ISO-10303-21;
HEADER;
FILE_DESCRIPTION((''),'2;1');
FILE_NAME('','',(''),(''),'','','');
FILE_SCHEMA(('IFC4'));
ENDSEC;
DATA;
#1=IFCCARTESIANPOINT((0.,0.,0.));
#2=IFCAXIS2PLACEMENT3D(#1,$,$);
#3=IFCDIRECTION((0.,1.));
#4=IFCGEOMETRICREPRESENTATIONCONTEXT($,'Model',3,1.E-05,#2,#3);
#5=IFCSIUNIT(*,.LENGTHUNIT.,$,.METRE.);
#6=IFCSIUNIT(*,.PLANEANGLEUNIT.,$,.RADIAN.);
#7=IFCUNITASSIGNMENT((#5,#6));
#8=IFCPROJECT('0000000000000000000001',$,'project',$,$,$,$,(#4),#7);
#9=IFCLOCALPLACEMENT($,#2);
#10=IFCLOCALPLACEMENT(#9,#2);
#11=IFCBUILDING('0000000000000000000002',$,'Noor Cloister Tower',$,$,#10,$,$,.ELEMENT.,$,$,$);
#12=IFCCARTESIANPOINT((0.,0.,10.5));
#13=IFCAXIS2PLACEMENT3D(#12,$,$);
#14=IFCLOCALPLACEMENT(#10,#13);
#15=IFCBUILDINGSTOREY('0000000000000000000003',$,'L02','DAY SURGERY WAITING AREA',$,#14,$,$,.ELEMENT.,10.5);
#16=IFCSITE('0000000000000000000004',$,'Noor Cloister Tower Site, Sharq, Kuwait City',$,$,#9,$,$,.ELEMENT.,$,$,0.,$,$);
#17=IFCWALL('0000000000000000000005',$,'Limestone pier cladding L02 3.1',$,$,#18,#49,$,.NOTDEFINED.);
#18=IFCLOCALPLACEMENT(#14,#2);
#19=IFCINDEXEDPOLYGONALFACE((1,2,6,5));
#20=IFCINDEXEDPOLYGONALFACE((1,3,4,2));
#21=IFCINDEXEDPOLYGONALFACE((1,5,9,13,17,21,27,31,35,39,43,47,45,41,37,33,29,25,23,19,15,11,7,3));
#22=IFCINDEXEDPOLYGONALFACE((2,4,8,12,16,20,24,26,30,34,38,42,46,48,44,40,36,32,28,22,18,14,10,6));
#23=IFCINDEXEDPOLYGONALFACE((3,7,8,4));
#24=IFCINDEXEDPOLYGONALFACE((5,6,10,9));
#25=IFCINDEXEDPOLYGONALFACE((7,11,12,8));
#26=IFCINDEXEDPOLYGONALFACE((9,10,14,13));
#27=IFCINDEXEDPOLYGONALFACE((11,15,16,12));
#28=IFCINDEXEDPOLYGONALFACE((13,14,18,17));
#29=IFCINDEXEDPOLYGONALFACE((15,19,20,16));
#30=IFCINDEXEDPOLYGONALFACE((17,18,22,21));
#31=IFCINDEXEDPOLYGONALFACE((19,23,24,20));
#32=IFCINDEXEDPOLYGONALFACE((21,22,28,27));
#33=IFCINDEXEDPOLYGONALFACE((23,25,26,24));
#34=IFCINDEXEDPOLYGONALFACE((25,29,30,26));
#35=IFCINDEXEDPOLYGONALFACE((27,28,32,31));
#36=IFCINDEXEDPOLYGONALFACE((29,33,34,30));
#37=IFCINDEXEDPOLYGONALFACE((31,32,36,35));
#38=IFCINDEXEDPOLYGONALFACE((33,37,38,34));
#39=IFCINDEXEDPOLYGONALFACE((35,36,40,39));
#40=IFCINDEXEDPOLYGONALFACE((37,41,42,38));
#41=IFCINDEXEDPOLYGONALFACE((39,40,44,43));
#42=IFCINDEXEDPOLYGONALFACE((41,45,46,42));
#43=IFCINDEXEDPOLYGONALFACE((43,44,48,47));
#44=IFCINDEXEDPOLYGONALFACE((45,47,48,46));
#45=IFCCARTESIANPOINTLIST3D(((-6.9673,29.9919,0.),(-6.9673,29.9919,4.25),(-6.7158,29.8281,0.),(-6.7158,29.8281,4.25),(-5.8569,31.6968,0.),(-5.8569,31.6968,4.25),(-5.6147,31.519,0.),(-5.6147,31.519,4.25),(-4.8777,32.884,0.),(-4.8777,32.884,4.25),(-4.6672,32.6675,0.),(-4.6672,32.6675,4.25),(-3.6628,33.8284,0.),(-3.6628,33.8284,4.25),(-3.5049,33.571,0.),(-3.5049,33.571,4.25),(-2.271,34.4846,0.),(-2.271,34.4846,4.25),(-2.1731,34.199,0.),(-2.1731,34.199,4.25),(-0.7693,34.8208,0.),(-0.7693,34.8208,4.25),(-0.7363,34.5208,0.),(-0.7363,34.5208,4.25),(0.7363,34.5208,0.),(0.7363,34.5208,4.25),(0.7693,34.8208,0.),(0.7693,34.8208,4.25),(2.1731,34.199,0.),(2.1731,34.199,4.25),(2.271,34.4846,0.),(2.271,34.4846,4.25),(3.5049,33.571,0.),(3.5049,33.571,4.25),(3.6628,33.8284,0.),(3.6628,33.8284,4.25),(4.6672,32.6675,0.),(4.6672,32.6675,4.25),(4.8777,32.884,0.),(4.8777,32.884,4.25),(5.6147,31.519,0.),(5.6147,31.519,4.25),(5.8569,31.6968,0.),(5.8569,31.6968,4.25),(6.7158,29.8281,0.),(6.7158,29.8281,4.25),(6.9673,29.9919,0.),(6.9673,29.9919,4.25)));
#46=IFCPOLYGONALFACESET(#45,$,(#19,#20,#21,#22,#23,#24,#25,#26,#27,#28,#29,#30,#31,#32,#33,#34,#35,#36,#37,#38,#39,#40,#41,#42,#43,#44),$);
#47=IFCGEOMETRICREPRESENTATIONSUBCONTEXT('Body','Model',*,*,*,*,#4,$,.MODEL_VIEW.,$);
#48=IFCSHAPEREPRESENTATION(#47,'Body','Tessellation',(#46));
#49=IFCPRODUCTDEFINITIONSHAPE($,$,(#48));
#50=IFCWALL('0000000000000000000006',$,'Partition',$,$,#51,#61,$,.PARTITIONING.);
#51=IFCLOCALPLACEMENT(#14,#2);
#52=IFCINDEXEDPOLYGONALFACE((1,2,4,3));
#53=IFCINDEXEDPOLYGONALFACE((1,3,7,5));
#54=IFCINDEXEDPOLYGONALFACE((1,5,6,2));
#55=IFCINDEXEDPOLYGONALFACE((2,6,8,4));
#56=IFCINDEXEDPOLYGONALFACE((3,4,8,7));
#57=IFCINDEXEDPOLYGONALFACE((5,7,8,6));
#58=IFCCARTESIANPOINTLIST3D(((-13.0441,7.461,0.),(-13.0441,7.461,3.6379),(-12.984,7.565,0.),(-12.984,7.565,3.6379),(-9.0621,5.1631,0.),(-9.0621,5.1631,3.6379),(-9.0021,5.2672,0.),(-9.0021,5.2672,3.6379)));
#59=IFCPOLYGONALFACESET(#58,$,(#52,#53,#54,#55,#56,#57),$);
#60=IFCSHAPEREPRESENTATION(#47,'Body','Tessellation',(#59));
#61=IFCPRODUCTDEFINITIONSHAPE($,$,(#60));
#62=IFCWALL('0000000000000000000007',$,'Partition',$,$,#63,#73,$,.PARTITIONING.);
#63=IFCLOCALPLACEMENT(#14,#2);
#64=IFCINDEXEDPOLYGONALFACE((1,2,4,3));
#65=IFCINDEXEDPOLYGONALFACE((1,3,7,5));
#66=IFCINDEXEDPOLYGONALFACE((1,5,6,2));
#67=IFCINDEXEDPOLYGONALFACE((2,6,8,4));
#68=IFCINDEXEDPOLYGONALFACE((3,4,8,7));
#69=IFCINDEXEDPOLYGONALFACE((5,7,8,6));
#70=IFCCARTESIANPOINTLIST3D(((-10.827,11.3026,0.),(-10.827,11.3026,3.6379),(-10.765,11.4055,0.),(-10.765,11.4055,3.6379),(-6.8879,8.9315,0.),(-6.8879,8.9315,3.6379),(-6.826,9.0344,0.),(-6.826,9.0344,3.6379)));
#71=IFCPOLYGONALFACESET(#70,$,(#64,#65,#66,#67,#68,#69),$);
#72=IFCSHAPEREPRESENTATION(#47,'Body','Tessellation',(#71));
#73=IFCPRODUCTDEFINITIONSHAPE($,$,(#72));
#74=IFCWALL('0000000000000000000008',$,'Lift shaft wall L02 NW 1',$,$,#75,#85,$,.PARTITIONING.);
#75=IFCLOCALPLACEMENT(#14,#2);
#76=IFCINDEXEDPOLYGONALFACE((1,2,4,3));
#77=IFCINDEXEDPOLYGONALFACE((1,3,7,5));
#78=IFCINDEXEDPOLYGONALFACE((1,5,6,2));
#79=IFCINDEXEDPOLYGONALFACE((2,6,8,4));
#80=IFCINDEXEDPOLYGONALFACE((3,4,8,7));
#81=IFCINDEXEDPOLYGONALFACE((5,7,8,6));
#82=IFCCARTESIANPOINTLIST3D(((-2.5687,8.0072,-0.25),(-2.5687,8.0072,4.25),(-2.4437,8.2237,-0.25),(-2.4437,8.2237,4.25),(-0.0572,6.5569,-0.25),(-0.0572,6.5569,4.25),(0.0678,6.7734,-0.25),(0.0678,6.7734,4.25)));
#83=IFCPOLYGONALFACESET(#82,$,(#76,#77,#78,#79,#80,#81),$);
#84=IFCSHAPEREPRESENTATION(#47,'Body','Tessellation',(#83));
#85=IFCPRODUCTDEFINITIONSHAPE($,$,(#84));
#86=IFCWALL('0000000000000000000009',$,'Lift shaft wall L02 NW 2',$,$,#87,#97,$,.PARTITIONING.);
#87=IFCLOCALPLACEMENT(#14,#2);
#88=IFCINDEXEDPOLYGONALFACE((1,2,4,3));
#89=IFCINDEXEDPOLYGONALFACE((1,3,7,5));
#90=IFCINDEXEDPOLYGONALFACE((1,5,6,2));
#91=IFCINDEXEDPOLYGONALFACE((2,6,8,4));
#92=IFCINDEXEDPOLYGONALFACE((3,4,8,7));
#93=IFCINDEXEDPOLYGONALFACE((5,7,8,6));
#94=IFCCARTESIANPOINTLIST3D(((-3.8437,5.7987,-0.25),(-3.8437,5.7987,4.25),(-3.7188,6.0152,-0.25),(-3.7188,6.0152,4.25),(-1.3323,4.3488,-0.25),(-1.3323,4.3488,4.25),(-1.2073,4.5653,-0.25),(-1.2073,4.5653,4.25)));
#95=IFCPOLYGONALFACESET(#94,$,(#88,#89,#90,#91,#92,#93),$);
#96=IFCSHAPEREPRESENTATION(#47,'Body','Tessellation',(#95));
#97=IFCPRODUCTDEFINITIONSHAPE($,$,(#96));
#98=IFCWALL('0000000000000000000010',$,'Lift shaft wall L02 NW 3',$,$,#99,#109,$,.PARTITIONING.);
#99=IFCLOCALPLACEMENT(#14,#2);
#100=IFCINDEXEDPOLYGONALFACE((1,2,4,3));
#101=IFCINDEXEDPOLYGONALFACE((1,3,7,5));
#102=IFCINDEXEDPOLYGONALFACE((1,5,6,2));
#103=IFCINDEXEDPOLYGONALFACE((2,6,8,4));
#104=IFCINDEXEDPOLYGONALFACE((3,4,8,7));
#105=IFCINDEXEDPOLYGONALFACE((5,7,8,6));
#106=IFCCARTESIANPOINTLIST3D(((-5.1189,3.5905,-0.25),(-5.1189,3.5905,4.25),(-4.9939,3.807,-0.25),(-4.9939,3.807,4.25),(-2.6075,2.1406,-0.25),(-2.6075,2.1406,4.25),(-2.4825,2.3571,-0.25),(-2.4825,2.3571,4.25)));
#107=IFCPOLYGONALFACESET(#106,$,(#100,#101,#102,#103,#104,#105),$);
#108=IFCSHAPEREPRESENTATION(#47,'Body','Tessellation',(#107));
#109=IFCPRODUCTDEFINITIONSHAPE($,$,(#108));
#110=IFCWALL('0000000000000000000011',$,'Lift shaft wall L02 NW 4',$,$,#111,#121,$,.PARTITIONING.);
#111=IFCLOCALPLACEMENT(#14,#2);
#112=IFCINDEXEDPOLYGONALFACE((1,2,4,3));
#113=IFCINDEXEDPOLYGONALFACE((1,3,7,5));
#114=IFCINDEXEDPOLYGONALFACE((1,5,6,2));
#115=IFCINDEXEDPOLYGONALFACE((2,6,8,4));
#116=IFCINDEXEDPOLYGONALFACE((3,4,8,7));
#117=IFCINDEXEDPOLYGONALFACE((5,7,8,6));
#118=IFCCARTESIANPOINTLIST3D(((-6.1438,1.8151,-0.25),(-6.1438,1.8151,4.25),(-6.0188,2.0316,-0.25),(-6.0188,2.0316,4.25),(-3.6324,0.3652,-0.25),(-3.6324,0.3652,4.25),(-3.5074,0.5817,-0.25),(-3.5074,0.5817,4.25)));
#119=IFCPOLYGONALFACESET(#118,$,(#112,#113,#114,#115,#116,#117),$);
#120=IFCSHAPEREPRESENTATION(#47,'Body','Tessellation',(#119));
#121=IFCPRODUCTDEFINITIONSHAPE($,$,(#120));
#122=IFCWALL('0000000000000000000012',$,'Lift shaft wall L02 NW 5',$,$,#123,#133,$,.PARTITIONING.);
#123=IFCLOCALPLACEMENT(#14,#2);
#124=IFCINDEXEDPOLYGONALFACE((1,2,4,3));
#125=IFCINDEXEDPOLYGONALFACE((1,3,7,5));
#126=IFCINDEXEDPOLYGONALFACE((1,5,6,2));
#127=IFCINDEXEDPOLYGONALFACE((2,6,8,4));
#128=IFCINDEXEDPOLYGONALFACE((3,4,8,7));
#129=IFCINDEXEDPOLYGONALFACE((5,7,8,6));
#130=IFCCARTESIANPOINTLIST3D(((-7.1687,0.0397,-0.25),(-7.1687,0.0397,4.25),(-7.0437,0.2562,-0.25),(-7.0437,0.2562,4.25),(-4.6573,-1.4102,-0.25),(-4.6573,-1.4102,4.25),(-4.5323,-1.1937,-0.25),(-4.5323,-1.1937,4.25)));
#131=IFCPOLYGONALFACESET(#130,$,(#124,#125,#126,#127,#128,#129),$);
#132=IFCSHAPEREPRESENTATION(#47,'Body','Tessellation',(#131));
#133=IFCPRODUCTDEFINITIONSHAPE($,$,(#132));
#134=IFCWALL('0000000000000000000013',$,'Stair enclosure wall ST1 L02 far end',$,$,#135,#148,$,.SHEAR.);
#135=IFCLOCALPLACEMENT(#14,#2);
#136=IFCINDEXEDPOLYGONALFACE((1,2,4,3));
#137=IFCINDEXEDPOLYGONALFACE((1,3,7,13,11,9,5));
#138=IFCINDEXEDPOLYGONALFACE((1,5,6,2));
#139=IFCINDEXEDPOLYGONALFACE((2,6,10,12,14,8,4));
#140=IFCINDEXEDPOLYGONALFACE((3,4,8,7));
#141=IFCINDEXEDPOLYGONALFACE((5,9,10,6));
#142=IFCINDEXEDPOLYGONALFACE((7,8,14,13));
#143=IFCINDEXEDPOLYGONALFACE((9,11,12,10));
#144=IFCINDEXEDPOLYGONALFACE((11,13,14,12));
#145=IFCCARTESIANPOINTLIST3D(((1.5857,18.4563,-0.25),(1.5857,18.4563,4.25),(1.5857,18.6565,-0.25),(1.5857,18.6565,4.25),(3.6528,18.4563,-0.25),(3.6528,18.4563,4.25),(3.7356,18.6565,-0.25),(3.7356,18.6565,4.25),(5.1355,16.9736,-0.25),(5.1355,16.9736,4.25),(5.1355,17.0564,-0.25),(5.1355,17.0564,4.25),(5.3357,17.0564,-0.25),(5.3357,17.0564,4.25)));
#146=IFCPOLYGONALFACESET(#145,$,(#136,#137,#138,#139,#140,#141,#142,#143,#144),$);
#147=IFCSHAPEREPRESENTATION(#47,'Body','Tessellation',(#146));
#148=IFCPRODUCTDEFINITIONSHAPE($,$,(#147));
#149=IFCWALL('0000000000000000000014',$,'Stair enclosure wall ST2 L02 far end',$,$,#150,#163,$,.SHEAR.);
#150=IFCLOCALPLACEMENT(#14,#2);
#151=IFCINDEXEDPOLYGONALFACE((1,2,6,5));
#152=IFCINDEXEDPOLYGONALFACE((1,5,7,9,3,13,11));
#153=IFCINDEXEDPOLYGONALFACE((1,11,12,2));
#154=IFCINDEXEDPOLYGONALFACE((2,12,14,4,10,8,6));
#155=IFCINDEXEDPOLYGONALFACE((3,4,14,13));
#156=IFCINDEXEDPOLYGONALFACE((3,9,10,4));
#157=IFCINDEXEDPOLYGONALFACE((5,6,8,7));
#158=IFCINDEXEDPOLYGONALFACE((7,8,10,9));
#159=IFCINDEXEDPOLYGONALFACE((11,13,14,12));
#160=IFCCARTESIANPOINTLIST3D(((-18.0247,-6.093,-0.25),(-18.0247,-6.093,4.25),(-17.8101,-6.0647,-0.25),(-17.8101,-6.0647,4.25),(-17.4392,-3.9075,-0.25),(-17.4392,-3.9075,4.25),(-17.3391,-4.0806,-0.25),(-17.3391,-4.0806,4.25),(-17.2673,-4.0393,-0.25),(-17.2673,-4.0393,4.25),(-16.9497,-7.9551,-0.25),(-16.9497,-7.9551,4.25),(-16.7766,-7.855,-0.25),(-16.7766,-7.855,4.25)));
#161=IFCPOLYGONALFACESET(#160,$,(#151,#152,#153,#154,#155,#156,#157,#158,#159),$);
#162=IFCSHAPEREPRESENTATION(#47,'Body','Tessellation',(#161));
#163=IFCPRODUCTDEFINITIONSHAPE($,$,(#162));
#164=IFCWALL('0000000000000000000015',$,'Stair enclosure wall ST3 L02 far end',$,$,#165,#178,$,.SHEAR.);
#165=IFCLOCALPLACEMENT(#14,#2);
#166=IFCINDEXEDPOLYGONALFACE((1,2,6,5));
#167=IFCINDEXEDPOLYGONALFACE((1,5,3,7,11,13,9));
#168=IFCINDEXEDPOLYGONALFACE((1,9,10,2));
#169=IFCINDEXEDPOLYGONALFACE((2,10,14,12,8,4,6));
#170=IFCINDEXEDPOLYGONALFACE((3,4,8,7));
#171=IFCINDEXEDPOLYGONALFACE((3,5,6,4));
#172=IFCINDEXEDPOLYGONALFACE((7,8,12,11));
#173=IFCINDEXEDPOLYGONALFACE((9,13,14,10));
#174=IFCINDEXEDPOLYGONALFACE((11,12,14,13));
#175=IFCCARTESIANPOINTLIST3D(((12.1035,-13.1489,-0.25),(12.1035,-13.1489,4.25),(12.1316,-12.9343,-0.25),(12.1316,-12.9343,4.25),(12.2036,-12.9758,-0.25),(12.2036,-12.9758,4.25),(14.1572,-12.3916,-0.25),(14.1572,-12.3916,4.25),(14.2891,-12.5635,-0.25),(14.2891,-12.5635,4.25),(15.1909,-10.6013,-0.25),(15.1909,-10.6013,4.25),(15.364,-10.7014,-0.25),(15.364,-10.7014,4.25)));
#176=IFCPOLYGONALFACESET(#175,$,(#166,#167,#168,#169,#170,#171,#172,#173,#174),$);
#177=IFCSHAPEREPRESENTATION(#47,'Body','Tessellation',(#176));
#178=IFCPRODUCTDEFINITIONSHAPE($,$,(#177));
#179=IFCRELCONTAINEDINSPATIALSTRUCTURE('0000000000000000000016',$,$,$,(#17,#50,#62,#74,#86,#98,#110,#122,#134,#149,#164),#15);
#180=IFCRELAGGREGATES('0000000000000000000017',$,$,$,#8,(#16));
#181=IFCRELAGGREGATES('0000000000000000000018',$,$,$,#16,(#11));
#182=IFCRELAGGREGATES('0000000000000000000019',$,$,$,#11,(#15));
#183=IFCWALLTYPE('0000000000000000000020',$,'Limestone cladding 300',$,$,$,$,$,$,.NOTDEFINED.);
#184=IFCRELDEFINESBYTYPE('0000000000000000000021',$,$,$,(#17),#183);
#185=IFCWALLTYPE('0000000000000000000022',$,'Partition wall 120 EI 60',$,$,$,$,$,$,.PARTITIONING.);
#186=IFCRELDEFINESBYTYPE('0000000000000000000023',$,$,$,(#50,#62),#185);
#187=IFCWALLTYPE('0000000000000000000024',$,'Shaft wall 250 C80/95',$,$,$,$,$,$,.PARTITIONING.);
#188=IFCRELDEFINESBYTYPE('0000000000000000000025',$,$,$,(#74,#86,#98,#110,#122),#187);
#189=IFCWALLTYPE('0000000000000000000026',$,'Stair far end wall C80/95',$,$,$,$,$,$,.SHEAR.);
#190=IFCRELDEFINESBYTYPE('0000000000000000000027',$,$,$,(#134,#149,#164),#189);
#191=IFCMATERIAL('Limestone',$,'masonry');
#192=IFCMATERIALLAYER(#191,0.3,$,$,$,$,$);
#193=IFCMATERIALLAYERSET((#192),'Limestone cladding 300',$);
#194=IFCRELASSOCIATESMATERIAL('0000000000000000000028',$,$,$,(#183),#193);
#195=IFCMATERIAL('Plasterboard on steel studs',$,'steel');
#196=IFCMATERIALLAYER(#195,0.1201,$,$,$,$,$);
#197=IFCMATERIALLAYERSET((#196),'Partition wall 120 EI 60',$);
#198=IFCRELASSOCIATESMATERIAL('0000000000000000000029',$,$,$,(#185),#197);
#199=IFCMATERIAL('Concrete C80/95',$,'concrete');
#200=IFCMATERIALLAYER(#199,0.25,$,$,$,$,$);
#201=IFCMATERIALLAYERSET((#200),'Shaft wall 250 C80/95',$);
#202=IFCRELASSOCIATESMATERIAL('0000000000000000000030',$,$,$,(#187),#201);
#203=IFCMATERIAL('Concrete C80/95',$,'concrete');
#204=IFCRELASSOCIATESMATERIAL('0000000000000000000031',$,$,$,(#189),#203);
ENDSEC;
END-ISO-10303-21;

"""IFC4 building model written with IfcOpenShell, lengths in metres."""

from ifc_helpers import new_model, si_unit, direction, frame, frame_2d, origin, place, context, subcontext, project, spatial, polyline, rectangle, outline, extrude, material, layer, layer_set, type_object, element, save


model = new_model("IFC4")

# Units and contexts
model_context = context("Model", 3, precision=1e-05, world=origin(), true_north=direction((0.0, 1.0)))
body_context = subcontext(model_context, "Body", "Model", "MODEL_VIEW")
ifc_project = project(units=[si_unit("LENGTHUNIT", "METRE"), si_unit("PLANEANGLEUNIT", "RADIAN")], contexts=[model_context])

# Site, building, storey
site_placement = place(None, origin())
site = spatial("IfcSite", under=ifc_project, at=site_placement, Name="Noor Cloister Tower Site, Sharq, Kuwait City", CompositionType="ELEMENT", RefElevation=0.0)
building_placement = place(site_placement, origin())
building = spatial("IfcBuilding", under=site, at=building_placement, Name="Noor Cloister Tower", CompositionType="ELEMENT")
storey_placement = place(building_placement, frame((0.0, 0.0, 10.5)))
storey = spatial("IfcBuildingStorey", under=building, at=storey_placement, Name="L02", Description="DAY SURGERY WAITING AREA", CompositionType="ELEMENT", Elevation=10.5)

# Walls
ifc_material_1 = material(Name="Limestone", Category="masonry")
ifc_layer_1 = layer(ifc_material_1, 0.3)
ifc_layer_set_1 = layer_set([ifc_layer_1], Name="Limestone cladding 300")
wall_type_1 = type_object("IfcWallType", Name="Limestone cladding 300", PredefinedType="NOTDEFINED", material=ifc_layer_set_1)
wall_1_placement = place(storey_placement, origin())
element("IfcWall", 1, at=wall_1_placement, inside=storey, type_object=wall_type_1, Name="Limestone pier cladding L02 3.1", PredefinedType="NOTDEFINED", context=body_context, shape_type="SweptSolid", body=[
    extrude(outline(polyline([(6.9673, 29.9919), (5.8569, 31.6968), (4.8777, 32.884), (3.6628, 33.8284), (2.271, 34.4846), (0.7693, 34.8208), (-0.7693, 34.8208), (-2.271, 34.4846), (-3.6628, 33.8284), (-4.8777, 32.884), (-5.8569, 31.6968), (-6.9673, 29.9919), (-6.7158, 29.8281), (-5.6147, 31.519), (-4.6672, 32.6675), (-3.5049, 33.571), (-2.1731, 34.199), (-0.7363, 34.5208), (0.7363, 34.5208), (2.1731, 34.199), (3.5049, 33.571), (4.6672, 32.6675), (5.6147, 31.519), (6.7158, 29.8281), (6.9673, 29.9919)])), origin(), (0.0, 0.0, 1.0), 4.25),
])
ifc_material_2 = material(Name="Plasterboard on steel studs", Category="steel")
ifc_layer_2 = layer(ifc_material_2, 0.1201)
ifc_layer_set_2 = layer_set([ifc_layer_2], Name="Partition wall 120 EI 60")
wall_type_2 = type_object("IfcWallType", Name="Partition wall 120 EI 60", PredefinedType="PARTITIONING", material=ifc_layer_set_2)
wall_2_placement = place(storey_placement, frame((-9.032, 5.2151, 0.0), z_axis=(0.0, 0.0, 1.0), x_axis=(-0.866131, 0.499817, 0.0)))
element("IfcWall", 2, at=wall_2_placement, inside=storey, type_object=wall_type_2, Name="Partition", PredefinedType="PARTITIONING", context=body_context, shape_type="SweptSolid", body=[
    extrude(rectangle(XDim=4.5974, YDim=0.1201, at=frame_2d((2.2988, 0.0))), origin(), (0.0, 0.0, 1.0), 3.6379),
])
wall_3_placement = place(storey_placement, frame((-6.8569, 8.9829, 0.0), z_axis=(0.0, 0.0, 1.0), x_axis=(-0.856752, 0.515729, 0.0)))
element("IfcWall", 3, at=wall_3_placement, inside=storey, type_object=wall_type_2, Name="Partition", PredefinedType="PARTITIONING", context=body_context, shape_type="SweptSolid", body=[
    extrude(rectangle(XDim=4.5977, YDim=0.1201, at=frame_2d((2.2988, 0.0))), origin(), (0.0, 0.0, 1.0), 3.6379),
])
ifc_material_3 = material(Name="Concrete C80/95", Category="concrete")
ifc_layer_3 = layer(ifc_material_3, 0.25)
ifc_layer_set_3 = layer_set([ifc_layer_3], Name="Shaft wall 250 C80/95")
wall_type_3 = type_object("IfcWallType", Name="Shaft wall 250 C80/95", PredefinedType="PARTITIONING", material=ifc_layer_set_3)
wall_4_placement = place(storey_placement, frame((-2.5063, 8.1155, -0.25), z_axis=(0.0, 0.0, 1.0), x_axis=(0.865996, -0.50005, 0.0)))
element("IfcWall", 4, at=wall_4_placement, inside=storey, type_object=wall_type_3, Name="Lift shaft wall L02 NW 1", PredefinedType="PARTITIONING", context=body_context, shape_type="SweptSolid", body=[
    extrude(rectangle(XDim=2.9001, YDim=0.25, at=frame_2d((1.4502, 0.0))), origin(), (0.0, 0.0, 1.0), 4.5),
])
for number, where, z_axis, x_axis, name in (
    (5, (-3.7812, 5.907, -0.25), (0.0, 0.0, 1.0), (0.866033, -0.499987, 0.0), "Lift shaft wall L02 NW 2"),
    (6, (-5.0564, 3.6987, -0.25), (0.0, 0.0, 1.0), (0.866033, -0.499987, 0.0), "Lift shaft wall L02 NW 3"),
    (7, (-6.0813, 1.9233, -0.25), (0.0, 0.0, 1.0), (0.866033, -0.499987, 0.0), "Lift shaft wall L02 NW 4"),
    (8, (-7.1062, 0.1479, -0.25), (0.0, 0.0, 1.0), (0.866033, -0.499987, 0.0), "Lift shaft wall L02 NW 5"),
):
    element("IfcWall", number, at=place(storey_placement, frame(where, z_axis=z_axis, x_axis=x_axis)), inside=storey, type_object=wall_type_3, Name=name, PredefinedType="PARTITIONING", context=body_context, shape_type="SweptSolid", body=[
        extrude(rectangle(XDim=2.8999, YDim=0.25, at=frame_2d((1.45, 0.0))), origin(), (0.0, 0.0, 1.0), 4.5),
    ])
ifc_material_4 = material(Name="Concrete C80/95", Category="concrete")
wall_type_4 = type_object("IfcWallType", Name="Stair far end wall C80/95", PredefinedType="SHEAR", material=ifc_material_4)
wall_5_placement = place(storey_placement, frame((0.0, 0.0, -0.25)))
element("IfcWall", 9, at=wall_5_placement, inside=storey, type_object=wall_type_4, Name="Stair enclosure wall ST1 L02 far end", PredefinedType="SHEAR", context=body_context, shape_type="SweptSolid", body=[
    extrude(outline(polyline([(5.3357, 17.0564), (3.7356, 18.6565), (1.5857, 18.6565), (1.5857, 18.4563), (3.6528, 18.4563), (5.1355, 16.9736), (5.1355, 17.0564), (5.1355, 17.0564), (5.1355, 17.0564), (5.1355, 17.0564), (5.1355, 17.0564), (5.1355, 17.0564), (5.1355, 17.0564), (5.1355, 17.0564), (5.1355, 17.0564), (5.1355, 17.0564), (5.1355, 17.0564), (5.1355, 17.0564), (5.1355, 17.0564), (5.1355, 17.0564), (5.1355, 17.0564), (5.1355, 17.0564), (5.1355, 17.0564), (5.3357, 17.0564)])), origin(), (0.0, 0.0, 1.0), 4.5),
])
wall_6_placement = place(storey_placement, frame((0.0, 0.0, -0.25)))
element("IfcWall", 10, at=wall_6_placement, inside=storey, type_object=wall_type_4, Name="Stair enclosure wall ST2 L02 far end", PredefinedType="SHEAR", context=body_context, shape_type="SweptSolid", body=[
    extrude(outline(polyline([(-17.4392, -3.9075), (-18.0247, -6.093), (-16.9497, -7.9551), (-16.7766, -7.855), (-17.8101, -6.0647), (-17.2673, -4.0393), (-17.3391, -4.0806), (-17.3391, -4.0806), (-17.3391, -4.0806), (-17.3391, -4.0806), (-17.3391, -4.0806), (-17.3391, -4.0806), (-17.3391, -4.0806), (-17.3391, -4.0806), (-17.3391, -4.0806), (-17.3391, -4.0806), (-17.3391, -4.0806), (-17.3391, -4.0806), (-17.3391, -4.0806), (-17.3391, -4.0806), (-17.3391, -4.0806), (-17.3391, -4.0806), (-17.3391, -4.0806), (-17.4392, -3.9075)])), origin(), (0.0, 0.0, 1.0), 4.5),
])
wall_7_placement = place(storey_placement, frame((0.0, 0.0, -0.25)))
element("IfcWall", 11, at=wall_7_placement, inside=storey, type_object=wall_type_4, Name="Stair enclosure wall ST3 L02 far end", PredefinedType="SHEAR", context=body_context, shape_type="SweptSolid", body=[
    extrude(outline(polyline([(12.1035, -13.1489), (14.2891, -12.5635), (15.364, -10.7014), (15.1909, -10.6013), (14.1572, -12.3916), (12.1316, -12.9343), (12.2036, -12.9758), (12.2036, -12.9758), (12.2036, -12.9758), (12.2036, -12.9758), (12.2036, -12.9758), (12.2036, -12.9758), (12.2036, -12.9758), (12.2036, -12.9758), (12.2036, -12.9758), (12.2036, -12.9758), (12.2036, -12.9758), (12.2036, -12.9758), (12.2036, -12.9758), (12.2036, -12.9758), (12.2036, -12.9758), (12.2036, -12.9758), (12.2036, -12.9758), (12.1035, -13.1489)])), origin(), (0.0, 0.0, 1.0), 4.5),
])

save(model, "model.ifc")
